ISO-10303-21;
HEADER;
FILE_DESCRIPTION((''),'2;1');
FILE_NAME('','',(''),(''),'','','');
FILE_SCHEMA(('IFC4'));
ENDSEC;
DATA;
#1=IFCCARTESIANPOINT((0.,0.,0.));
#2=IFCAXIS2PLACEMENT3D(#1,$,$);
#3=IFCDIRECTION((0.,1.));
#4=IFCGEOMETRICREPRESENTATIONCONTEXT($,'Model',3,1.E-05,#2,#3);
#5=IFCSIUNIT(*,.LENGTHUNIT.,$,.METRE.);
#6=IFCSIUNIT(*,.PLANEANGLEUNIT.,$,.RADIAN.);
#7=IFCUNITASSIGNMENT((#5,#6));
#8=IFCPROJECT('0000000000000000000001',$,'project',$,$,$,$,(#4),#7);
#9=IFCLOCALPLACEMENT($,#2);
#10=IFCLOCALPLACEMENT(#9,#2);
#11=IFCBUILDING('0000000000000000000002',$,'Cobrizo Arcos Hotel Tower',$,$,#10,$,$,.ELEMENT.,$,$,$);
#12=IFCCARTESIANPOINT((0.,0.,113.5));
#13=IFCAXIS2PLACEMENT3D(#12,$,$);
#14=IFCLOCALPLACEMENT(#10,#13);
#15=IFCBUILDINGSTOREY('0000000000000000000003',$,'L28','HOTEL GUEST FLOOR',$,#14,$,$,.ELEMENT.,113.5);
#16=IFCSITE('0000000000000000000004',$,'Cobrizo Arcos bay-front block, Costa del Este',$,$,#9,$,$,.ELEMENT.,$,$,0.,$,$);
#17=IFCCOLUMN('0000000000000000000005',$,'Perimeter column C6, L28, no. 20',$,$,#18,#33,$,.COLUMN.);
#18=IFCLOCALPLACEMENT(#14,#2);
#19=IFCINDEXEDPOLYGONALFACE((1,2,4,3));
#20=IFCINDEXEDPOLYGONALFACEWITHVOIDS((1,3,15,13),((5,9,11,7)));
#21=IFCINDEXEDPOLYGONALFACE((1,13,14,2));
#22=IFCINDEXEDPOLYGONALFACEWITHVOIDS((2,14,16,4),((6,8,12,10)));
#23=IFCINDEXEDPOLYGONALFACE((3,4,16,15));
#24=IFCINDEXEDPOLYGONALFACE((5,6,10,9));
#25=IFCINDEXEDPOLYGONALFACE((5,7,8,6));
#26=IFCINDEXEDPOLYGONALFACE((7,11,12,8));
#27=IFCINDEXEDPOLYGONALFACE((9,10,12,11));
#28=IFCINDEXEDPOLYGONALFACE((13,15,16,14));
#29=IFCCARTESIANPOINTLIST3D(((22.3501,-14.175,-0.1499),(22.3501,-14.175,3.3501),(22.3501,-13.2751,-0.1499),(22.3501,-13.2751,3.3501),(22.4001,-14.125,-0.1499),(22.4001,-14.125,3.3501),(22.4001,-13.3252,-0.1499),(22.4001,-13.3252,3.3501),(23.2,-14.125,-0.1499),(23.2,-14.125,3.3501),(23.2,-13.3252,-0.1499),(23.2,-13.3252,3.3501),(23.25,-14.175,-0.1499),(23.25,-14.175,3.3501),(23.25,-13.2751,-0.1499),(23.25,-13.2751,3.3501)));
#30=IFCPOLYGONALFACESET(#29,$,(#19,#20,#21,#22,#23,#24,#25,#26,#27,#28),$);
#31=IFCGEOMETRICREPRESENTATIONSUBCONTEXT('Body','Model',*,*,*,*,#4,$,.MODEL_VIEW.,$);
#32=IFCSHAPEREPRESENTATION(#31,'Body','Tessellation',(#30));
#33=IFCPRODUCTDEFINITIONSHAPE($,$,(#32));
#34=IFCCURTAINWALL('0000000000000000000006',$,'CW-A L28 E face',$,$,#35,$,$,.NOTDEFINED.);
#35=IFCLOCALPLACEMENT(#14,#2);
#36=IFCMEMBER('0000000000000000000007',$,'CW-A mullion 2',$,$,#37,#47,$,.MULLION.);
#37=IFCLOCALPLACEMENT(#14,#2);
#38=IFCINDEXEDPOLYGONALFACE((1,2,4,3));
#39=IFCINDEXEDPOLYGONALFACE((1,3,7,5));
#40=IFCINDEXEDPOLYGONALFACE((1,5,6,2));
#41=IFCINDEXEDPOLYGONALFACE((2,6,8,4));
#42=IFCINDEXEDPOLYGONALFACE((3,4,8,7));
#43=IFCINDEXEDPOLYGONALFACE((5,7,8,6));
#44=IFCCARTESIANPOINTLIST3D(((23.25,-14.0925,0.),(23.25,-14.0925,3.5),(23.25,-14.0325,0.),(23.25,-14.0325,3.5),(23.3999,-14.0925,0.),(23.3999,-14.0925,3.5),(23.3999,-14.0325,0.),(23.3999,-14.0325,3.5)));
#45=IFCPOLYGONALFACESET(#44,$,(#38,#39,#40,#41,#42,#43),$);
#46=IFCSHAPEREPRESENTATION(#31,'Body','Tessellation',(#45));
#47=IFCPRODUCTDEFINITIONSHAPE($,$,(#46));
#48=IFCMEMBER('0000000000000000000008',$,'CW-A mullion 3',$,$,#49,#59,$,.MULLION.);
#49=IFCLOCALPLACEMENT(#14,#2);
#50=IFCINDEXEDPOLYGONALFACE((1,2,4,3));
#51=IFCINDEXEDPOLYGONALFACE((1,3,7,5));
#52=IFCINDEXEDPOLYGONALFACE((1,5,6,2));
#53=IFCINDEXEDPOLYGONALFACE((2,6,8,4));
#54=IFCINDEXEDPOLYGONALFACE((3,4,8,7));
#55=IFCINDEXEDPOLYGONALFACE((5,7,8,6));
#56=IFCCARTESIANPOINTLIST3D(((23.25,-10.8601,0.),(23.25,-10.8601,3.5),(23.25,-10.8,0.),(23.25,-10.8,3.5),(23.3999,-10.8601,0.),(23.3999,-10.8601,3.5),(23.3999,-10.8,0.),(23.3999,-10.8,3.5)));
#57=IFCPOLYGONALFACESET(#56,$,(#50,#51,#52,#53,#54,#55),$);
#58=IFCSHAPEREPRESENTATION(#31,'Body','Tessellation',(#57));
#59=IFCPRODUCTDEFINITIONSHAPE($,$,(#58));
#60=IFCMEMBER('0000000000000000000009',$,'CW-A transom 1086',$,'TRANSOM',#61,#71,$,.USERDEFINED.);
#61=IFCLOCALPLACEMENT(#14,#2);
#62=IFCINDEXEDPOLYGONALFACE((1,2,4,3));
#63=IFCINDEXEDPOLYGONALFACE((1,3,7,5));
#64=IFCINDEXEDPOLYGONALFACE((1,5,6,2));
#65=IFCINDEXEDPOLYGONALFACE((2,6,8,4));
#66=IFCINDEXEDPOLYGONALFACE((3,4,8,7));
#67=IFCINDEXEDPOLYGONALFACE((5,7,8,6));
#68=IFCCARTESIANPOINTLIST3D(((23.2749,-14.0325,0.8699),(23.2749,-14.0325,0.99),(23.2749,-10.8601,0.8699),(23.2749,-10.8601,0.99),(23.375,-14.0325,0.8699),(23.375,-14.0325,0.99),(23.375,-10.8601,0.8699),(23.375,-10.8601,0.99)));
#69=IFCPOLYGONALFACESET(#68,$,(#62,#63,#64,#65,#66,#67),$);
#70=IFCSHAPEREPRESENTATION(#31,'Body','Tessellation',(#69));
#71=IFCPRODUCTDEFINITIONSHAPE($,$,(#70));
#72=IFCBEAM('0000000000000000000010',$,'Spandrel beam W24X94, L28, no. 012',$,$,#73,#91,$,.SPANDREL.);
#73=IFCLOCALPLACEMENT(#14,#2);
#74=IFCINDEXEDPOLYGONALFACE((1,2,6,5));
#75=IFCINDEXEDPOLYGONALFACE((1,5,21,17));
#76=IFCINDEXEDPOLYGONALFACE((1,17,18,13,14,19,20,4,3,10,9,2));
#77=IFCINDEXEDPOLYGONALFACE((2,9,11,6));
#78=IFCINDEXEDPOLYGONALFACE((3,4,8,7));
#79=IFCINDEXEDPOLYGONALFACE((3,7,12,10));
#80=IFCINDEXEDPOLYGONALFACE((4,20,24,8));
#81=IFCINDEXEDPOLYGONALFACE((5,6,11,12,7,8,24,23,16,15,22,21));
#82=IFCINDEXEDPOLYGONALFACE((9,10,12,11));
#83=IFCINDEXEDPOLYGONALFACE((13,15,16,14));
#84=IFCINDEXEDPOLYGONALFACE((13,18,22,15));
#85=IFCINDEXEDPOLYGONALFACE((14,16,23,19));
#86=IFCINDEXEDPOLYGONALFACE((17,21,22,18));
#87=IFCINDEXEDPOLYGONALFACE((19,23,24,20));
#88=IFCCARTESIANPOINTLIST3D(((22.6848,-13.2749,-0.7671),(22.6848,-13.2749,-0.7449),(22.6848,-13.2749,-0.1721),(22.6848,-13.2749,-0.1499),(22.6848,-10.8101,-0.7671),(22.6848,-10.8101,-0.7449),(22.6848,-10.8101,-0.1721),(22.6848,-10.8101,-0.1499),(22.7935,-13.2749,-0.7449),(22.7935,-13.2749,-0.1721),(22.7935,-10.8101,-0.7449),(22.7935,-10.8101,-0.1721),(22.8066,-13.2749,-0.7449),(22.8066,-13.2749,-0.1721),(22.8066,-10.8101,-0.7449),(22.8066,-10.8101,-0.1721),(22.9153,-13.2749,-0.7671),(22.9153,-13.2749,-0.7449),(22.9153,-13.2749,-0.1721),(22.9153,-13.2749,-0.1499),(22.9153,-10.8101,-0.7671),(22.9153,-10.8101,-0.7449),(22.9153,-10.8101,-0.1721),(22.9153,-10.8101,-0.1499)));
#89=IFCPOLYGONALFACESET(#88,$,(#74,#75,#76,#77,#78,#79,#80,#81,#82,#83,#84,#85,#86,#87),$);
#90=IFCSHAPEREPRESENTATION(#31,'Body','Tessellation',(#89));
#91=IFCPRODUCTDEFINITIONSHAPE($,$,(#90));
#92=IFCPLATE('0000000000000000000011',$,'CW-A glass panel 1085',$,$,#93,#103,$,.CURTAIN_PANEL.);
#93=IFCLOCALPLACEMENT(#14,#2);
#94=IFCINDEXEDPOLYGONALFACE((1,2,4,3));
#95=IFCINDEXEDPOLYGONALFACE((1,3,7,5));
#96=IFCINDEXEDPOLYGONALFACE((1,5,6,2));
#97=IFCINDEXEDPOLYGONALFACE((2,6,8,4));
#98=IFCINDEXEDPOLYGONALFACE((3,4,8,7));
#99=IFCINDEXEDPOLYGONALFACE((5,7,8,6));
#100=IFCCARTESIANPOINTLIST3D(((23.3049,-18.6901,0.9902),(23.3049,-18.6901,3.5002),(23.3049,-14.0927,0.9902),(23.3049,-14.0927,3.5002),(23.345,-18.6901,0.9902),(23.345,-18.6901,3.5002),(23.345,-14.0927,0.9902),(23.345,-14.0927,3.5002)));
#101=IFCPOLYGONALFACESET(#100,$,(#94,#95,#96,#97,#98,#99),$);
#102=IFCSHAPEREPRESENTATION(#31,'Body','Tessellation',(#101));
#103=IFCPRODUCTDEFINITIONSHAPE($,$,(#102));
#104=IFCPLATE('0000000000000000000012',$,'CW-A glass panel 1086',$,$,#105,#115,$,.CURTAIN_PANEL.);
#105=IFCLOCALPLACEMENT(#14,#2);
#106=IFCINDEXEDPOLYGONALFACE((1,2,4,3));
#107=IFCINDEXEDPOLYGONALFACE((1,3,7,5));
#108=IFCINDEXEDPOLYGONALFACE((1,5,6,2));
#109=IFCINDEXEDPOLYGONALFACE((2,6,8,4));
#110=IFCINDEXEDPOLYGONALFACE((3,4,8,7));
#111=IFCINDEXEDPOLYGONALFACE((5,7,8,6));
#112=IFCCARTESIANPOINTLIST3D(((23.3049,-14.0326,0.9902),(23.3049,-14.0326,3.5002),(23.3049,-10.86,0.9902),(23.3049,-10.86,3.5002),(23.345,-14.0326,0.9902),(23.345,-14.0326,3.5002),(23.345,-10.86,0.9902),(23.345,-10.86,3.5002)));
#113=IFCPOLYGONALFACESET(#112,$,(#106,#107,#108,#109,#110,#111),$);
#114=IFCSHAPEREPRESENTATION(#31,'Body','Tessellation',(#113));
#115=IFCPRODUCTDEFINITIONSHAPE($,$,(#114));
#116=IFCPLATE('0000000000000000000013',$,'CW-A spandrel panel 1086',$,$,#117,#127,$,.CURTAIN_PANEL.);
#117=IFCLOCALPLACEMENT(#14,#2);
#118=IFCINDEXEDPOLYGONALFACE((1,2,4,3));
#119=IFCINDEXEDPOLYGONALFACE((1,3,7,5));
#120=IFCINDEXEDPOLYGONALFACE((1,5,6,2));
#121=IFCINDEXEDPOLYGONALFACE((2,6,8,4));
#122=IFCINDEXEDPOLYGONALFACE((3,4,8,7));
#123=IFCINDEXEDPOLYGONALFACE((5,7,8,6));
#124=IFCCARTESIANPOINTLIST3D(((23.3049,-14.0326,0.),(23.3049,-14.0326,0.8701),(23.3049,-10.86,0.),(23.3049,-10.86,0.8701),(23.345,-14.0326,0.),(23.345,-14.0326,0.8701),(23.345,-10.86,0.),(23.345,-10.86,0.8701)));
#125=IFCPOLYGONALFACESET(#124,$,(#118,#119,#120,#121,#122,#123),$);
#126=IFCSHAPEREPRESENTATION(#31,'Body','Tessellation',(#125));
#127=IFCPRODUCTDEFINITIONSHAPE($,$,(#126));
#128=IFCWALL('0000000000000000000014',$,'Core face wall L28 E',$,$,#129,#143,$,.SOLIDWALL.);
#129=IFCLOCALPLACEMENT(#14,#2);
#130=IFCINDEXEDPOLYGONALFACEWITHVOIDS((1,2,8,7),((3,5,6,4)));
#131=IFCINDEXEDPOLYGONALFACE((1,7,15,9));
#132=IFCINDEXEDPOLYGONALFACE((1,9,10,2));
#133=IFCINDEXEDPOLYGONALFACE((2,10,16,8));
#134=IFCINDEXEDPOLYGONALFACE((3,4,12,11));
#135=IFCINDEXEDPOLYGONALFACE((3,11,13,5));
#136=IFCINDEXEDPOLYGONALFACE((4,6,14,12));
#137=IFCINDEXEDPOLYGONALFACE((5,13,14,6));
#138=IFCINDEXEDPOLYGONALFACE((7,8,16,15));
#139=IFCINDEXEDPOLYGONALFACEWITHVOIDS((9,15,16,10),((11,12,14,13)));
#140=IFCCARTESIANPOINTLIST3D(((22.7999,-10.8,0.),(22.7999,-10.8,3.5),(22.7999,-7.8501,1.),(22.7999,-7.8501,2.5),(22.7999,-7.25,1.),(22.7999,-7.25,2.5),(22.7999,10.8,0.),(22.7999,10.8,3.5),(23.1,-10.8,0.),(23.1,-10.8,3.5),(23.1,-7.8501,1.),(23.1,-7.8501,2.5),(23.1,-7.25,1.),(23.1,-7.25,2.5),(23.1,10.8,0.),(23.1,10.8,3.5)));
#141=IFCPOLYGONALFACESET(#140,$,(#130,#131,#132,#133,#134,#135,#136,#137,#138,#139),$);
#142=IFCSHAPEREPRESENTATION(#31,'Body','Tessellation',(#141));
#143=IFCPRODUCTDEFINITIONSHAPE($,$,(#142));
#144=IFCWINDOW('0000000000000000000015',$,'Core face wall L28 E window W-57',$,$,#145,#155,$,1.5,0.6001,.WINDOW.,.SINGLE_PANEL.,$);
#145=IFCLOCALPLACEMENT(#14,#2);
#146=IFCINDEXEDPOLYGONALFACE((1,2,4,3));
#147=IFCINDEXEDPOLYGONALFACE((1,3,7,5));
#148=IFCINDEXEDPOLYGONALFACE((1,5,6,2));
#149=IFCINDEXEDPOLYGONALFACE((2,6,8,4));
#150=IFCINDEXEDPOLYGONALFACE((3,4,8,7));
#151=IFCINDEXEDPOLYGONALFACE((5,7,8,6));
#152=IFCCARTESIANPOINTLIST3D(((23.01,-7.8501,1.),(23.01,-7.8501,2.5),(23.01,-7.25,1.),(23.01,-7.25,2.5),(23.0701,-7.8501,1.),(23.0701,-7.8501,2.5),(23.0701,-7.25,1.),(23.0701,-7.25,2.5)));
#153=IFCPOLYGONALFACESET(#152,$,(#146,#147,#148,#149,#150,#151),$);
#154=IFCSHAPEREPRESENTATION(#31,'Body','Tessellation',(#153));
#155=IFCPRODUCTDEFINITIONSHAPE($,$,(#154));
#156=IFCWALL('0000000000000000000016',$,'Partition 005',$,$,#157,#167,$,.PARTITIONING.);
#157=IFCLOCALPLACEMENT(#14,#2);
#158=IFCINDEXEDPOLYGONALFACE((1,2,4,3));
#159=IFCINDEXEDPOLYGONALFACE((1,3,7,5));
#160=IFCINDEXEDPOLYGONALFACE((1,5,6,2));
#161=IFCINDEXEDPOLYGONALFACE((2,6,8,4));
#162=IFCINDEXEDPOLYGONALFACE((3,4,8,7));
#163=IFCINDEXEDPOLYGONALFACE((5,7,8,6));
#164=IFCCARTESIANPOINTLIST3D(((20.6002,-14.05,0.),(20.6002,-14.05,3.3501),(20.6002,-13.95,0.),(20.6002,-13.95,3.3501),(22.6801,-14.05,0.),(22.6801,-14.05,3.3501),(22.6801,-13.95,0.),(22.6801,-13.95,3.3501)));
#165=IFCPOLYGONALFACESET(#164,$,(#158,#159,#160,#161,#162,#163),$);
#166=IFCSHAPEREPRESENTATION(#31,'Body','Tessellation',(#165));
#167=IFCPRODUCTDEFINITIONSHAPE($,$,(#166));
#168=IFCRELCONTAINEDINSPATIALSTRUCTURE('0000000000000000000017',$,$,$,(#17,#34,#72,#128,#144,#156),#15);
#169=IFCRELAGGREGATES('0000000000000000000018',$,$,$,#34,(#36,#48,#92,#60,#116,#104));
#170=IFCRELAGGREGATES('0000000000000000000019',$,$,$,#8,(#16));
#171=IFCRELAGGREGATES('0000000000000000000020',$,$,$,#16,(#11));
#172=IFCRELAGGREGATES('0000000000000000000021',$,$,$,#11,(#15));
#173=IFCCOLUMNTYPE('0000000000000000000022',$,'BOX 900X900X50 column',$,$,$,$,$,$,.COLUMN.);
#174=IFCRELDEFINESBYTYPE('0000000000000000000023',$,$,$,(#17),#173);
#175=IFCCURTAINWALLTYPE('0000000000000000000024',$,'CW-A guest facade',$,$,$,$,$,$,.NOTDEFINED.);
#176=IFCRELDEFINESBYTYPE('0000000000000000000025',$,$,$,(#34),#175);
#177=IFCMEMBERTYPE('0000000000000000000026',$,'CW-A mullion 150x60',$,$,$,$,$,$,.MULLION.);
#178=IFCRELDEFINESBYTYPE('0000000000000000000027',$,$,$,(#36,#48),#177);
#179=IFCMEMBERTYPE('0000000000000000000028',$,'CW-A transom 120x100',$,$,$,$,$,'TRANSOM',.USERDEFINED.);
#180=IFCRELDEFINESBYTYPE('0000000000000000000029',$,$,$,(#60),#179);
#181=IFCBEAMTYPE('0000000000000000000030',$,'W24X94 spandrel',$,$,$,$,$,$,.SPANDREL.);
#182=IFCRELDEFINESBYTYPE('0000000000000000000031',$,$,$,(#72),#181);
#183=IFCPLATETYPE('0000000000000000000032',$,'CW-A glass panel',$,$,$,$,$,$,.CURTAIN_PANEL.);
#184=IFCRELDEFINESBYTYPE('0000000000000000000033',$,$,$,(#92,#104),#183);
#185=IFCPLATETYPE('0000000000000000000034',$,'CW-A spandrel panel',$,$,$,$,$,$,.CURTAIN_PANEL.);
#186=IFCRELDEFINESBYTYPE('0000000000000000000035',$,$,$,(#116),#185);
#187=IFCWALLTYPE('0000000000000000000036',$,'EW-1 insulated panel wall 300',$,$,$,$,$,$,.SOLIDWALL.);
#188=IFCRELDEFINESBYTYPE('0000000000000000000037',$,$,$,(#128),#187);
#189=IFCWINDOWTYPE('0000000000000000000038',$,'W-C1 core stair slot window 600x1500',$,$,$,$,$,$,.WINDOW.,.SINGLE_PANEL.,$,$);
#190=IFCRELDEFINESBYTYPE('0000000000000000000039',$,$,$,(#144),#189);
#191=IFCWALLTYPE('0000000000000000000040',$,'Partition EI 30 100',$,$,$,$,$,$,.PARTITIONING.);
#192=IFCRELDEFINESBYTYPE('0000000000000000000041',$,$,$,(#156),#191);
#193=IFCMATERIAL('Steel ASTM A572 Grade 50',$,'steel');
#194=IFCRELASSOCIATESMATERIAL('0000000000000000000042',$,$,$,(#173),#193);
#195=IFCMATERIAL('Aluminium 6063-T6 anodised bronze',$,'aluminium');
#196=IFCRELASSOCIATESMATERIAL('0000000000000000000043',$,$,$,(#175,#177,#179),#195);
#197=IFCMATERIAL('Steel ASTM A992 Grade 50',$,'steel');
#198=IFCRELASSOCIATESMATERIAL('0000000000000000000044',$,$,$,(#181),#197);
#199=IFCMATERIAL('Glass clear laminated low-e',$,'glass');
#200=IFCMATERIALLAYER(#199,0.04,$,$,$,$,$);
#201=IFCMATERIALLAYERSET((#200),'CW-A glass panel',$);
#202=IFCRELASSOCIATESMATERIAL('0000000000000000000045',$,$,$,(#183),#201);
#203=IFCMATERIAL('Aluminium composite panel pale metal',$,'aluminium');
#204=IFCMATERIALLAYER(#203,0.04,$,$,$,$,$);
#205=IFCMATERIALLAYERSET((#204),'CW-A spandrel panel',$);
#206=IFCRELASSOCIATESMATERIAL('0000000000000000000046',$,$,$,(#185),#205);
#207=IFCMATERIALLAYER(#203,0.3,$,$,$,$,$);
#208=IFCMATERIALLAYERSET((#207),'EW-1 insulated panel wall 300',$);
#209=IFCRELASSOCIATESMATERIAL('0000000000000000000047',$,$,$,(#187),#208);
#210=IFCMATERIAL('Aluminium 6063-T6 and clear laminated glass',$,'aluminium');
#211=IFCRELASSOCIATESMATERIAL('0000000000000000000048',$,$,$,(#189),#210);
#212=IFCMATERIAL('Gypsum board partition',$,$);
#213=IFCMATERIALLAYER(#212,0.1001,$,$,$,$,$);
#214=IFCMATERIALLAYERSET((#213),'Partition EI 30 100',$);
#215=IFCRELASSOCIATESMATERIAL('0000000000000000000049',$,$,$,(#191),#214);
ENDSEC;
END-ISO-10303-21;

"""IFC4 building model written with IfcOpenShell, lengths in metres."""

from ifc_helpers import new_model, si_unit, direction, frame, frame_2d, origin, origin_2d, place, context, subcontext, project, spatial, rectangle, hollow_rectangle, i_section, extrude, material, layer, layer_set, material_profile, profile_set, type_object, element, fill, aggregate, save


model = new_model("IFC4")

# Units and contexts
model_context = context("Model", 3, precision=1e-05, world=origin(), true_north=direction((0.0, 1.0)))
body_context = subcontext(model_context, "Body", "Model", "MODEL_VIEW")
ifc_project = project(units=[si_unit("LENGTHUNIT", "METRE"), si_unit("PLANEANGLEUNIT", "RADIAN")], contexts=[model_context])

# Site, building, storey
site_placement = place(None, origin())
site = spatial("IfcSite", under=ifc_project, at=site_placement, Name="Cobrizo Arcos bay-front block, Costa del Este", CompositionType="ELEMENT", RefElevation=0.0)
building_placement = place(site_placement, origin())
building = spatial("IfcBuilding", under=site, at=building_placement, Name="Cobrizo Arcos Hotel Tower", CompositionType="ELEMENT")
storey_placement = place(building_placement, frame((0.0, 0.0, 113.5)))
storey = spatial("IfcBuildingStorey", under=building, at=storey_placement, Name="L28", Description="HOTEL GUEST FLOOR", CompositionType="ELEMENT", Elevation=113.5)

# Column
ifc_material_1 = material(Name="Steel ASTM A572 Grade 50", Category="steel")
ifc_material_profile_1 = material_profile(ifc_material_1, hollow_rectangle(XDim=0.8999, YDim=0.8999, WallThickness=0.05, at=origin_2d()), Name="BOX 900X900X50")
ifc_profile_set_1 = profile_set([ifc_material_profile_1], Name="Steel ASTM A572 Grade 50")
column_type = type_object("IfcColumnType", Name="BOX 900X900X50 column", PredefinedType="COLUMN", material=ifc_profile_set_1)
column_placement = place(storey_placement, frame((22.8, -13.7251, -0.1499), z_axis=(0.0, 0.0, 1.0), x_axis=(1.0, 0.0, 0.0)))
element("IfcColumn", 1, at=column_placement, inside=storey, type_object=column_type, Name="Perimeter column C6, L28, no. 20", PredefinedType="COLUMN", context=body_context, shape_type="SweptSolid", body=[
    extrude(hollow_rectangle(XDim=0.8999, YDim=0.8999, WallThickness=0.05, at=origin_2d()), origin(), (0.0, 0.0, 1.0), 3.5),
])

# Curtain wall, members
ifc_material_2 = material(Name="Aluminium 6063-T6 anodised bronze", Category="aluminium")
curtain_wall_type = type_object("IfcCurtainWallType", Name="CW-A guest facade", PredefinedType="NOTDEFINED", material=ifc_material_2)
curtain_wall_placement = place(storey_placement, origin())
curtain_wall = element("IfcCurtainWall", 2, at=curtain_wall_placement, inside=storey, type_object=curtain_wall_type, Name="CW-A L28 E face", PredefinedType="NOTDEFINED")
ifc_material_profile_2 = material_profile(ifc_material_2, rectangle(XDim=0.1499, YDim=0.0601, at=origin_2d()), Name="CW-A mullion 150x60")
ifc_profile_set_2 = profile_set([ifc_material_profile_2], Name="Aluminium 6063-T6 anodised bronze")
member_type_1 = type_object("IfcMemberType", Name="CW-A mullion 150x60", PredefinedType="MULLION", material=ifc_profile_set_2)
member_1_placement = place(storey_placement, frame((23.325, -14.0625, 0.0), z_axis=(0.0, 0.0, 1.0), x_axis=(1.0, 0.0, 0.0)))
member_1 = element("IfcMember", 3, at=member_1_placement, type_object=member_type_1, Name="CW-A mullion 2", PredefinedType="MULLION", context=body_context, shape_type="SweptSolid", body=[
    extrude(rectangle(XDim=0.1499, YDim=0.0601, at=origin_2d()), origin(), (0.0, 0.0, 1.0), 3.5),
])
member_2_placement = place(storey_placement, frame((23.325, -10.8301, 0.0), z_axis=(0.0, 0.0, 1.0), x_axis=(1.0, 0.0, 0.0)))
member_2 = element("IfcMember", 4, at=member_2_placement, type_object=member_type_1, Name="CW-A mullion 3", PredefinedType="MULLION", context=body_context, shape_type="SweptSolid", body=[
    extrude(rectangle(XDim=0.1499, YDim=0.0601, at=origin_2d()), origin(), (0.0, 0.0, 1.0), 3.5),
])
ifc_material_profile_3 = material_profile(ifc_material_2, rectangle(XDim=0.1001, YDim=0.1201, at=origin_2d()), Name="CW-A transom 120x100")
ifc_profile_set_3 = profile_set([ifc_material_profile_3], Name="Aluminium 6063-T6 anodised bronze")
member_type_2 = type_object("IfcMemberType", Name="CW-A transom 120x100", ElementType="TRANSOM", PredefinedType="USERDEFINED", material=ifc_profile_set_3)
member_3_placement = place(storey_placement, frame((23.325, -14.0325, 0.9299), z_axis=(0.0, 1.0, 0.0), x_axis=(-1.0, 0.0, 0.0)))
member_3 = element("IfcMember", 5, at=member_3_placement, type_object=member_type_2, Name="CW-A transom 1086", ObjectType="TRANSOM", PredefinedType="USERDEFINED", context=body_context, shape_type="SweptSolid", body=[
    extrude(rectangle(XDim=0.1001, YDim=0.1201, at=origin_2d()), origin(), (0.0, 0.0, 1.0), 3.1724),
])

# Beam
ifc_material_3 = material(Name="Steel ASTM A992 Grade 50", Category="steel")
ifc_material_profile_4 = material_profile(ifc_material_3, i_section(OverallWidth=0.2305, OverallDepth=0.6172, WebThickness=0.0132, FlangeThickness=0.0222, at=origin_2d()), Name="W24X94")
ifc_profile_set_4 = profile_set([ifc_material_profile_4], Name="Steel ASTM A992 Grade 50")
beam_type = type_object("IfcBeamType", Name="W24X94 spandrel", PredefinedType="SPANDREL", material=ifc_profile_set_4)
beam_placement = place(storey_placement, frame((22.8, -13.2749, -0.4585), z_axis=(0.0, 1.0, 0.0), x_axis=(-1.0, 0.0, 0.0)))
element("IfcBeam", 6, at=beam_placement, inside=storey, type_object=beam_type, Name="Spandrel beam W24X94, L28, no. 012", PredefinedType="SPANDREL", context=body_context, shape_type="SweptSolid", body=[
    extrude(i_section(OverallWidth=0.2305, OverallDepth=0.6172, WebThickness=0.0132, FlangeThickness=0.0222, at=origin_2d()), origin(), (0.0, 0.0, 1.0), 2.4648),
])

# Plates
ifc_material_4 = material(Name="Glass clear laminated low-e", Category="glass")
ifc_layer_1 = layer(ifc_material_4, 0.04)
ifc_layer_set_1 = layer_set([ifc_layer_1], Name="CW-A glass panel")
plate_type_1 = type_object("IfcPlateType", Name="CW-A glass panel", PredefinedType="CURTAIN_PANEL", material=ifc_layer_set_1)
plate_1_placement = place(storey_placement, frame((23.325, -16.3914, 0.9902), z_axis=(0.0, 0.0, 1.0), x_axis=(0.0, 1.0, 0.0)))
plate_1 = element("IfcPlate", 7, at=plate_1_placement, type_object=plate_type_1, Name="CW-A glass panel 1085", PredefinedType="CURTAIN_PANEL", context=body_context, shape_type="SweptSolid", body=[
    extrude(rectangle(XDim=4.5974, YDim=0.04, at=origin_2d()), origin(), (0.0, 0.0, 1.0), 2.51),
])
plate_2_placement = place(storey_placement, frame((23.325, -12.4463, 0.9902), z_axis=(0.0, 0.0, 1.0), x_axis=(0.0, 1.0, 0.0)))
plate_2 = element("IfcPlate", 8, at=plate_2_placement, type_object=plate_type_1, Name="CW-A glass panel 1086", PredefinedType="CURTAIN_PANEL", context=body_context, shape_type="SweptSolid", body=[
    extrude(rectangle(XDim=3.1726, YDim=0.04, at=origin_2d()), origin(), (0.0, 0.0, 1.0), 2.51),
])
ifc_material_5 = material(Name="Aluminium composite panel pale metal", Category="aluminium")
ifc_layer_2 = layer(ifc_material_5, 0.04)
ifc_layer_set_2 = layer_set([ifc_layer_2], Name="CW-A spandrel panel")
plate_type_2 = type_object("IfcPlateType", Name="CW-A spandrel panel", PredefinedType="CURTAIN_PANEL", material=ifc_layer_set_2)
plate_3_placement = place(storey_placement, frame((23.325, -12.4463, 0.0), z_axis=(0.0, 0.0, 1.0), x_axis=(0.0, 1.0, 0.0)))
plate_3 = element("IfcPlate", 9, at=plate_3_placement, type_object=plate_type_2, Name="CW-A spandrel panel 1086", PredefinedType="CURTAIN_PANEL", context=body_context, shape_type="SweptSolid", body=[
    extrude(rectangle(XDim=3.1726, YDim=0.04, at=origin_2d()), origin(), (0.0, 0.0, 1.0), 0.8701),
])
aggregate(curtain_wall, [member_1, member_2, plate_1, member_3, plate_3, plate_2])

# Wall, opening, window
ifc_layer_3 = layer(ifc_material_5, 0.3)
ifc_layer_set_3 = layer_set([ifc_layer_3], Name="EW-1 insulated panel wall 300")
wall_type_1 = type_object("IfcWallType", Name="EW-1 insulated panel wall 300", PredefinedType="SOLIDWALL", material=ifc_layer_set_3)
wall_1_placement = place(storey_placement, frame((22.95, -10.8, 0.0), z_axis=(0.0, 0.0, 1.0), x_axis=(0.0, 1.0, 0.0)))
wall_1 = element("IfcWall", 10, at=wall_1_placement, inside=storey, type_object=wall_type_1, Name="Core face wall L28 E", PredefinedType="SOLIDWALL", context=body_context, shape_type="SweptSolid", body=[
    extrude(rectangle(XDim=21.6001, YDim=0.3, at=frame_2d((10.8, 0.0))), origin(), (0.0, 0.0, 1.0), 3.5),
])
opening_1_placement = place(wall_1_placement, frame((2.95, 0.0, 1.0)))
opening_1 = element("IfcOpeningElement", 11, at=opening_1_placement, cuts=wall_1, PredefinedType="OPENING", context=body_context, shape_type="SweptSolid", body=[
    extrude(rectangle(XDim=0.6001, YDim=1.5, at=frame_2d((0.3, 0.75))), frame((0.0, 0.1621, 0.0), z_axis=(0.0, -1.0, 0.0), x_axis=(1.0, 0.0, 0.0)), (0.0, 0.0, 1.0), 0.324),
])
ifc_material_6 = material(Name="Aluminium 6063-T6 and clear laminated glass", Category="aluminium")
window_type = type_object("IfcWindowType", Name="W-C1 core stair slot window 600x1500", PartitioningType="SINGLE_PANEL", PredefinedType="WINDOW", material=ifc_material_6)
window_placement = place(opening_1_placement, origin())
window = element("IfcWindow", 12, at=window_placement, inside=storey, type_object=window_type, Name="Core face wall L28 E window W-57", OverallHeight=1.5, OverallWidth=0.6001, PartitioningType="SINGLE_PANEL", PredefinedType="WINDOW", context=body_context, shape_type="SweptSolid", body=[
    extrude(rectangle(XDim=0.6001, YDim=1.5, at=frame_2d((0.3, 0.75))), frame((0.0, -0.0601, 0.0), z_axis=(0.0, -1.0, 0.0), x_axis=(1.0, 0.0, 0.0)), (0.0, 0.0, 1.0), 0.0601),
])
fill(opening_1, window)

# Wall
ifc_material_7 = material(Name="Gypsum board partition")
ifc_layer_4 = layer(ifc_material_7, 0.1001)
ifc_layer_set_4 = layer_set([ifc_layer_4], Name="Partition EI 30 100")
wall_type_2 = type_object("IfcWallType", Name="Partition EI 30 100", PredefinedType="PARTITIONING", material=ifc_layer_set_4)
wall_2_placement = place(storey_placement, frame((20.6001, -14.0, 0.0), z_axis=(0.0, 0.0, 1.0), x_axis=(1.0, 0.0, 0.0)))
element("IfcWall", 13, at=wall_2_placement, inside=storey, type_object=wall_type_2, Name="Partition 005", PredefinedType="PARTITIONING", context=body_context, shape_type="SweptSolid", body=[
    extrude(rectangle(XDim=2.0798, YDim=0.1001, at=frame_2d((1.04, 0.0))), origin(), (0.0, 0.0, 1.0), 3.3501),
])

save(model, "model.ifc")
